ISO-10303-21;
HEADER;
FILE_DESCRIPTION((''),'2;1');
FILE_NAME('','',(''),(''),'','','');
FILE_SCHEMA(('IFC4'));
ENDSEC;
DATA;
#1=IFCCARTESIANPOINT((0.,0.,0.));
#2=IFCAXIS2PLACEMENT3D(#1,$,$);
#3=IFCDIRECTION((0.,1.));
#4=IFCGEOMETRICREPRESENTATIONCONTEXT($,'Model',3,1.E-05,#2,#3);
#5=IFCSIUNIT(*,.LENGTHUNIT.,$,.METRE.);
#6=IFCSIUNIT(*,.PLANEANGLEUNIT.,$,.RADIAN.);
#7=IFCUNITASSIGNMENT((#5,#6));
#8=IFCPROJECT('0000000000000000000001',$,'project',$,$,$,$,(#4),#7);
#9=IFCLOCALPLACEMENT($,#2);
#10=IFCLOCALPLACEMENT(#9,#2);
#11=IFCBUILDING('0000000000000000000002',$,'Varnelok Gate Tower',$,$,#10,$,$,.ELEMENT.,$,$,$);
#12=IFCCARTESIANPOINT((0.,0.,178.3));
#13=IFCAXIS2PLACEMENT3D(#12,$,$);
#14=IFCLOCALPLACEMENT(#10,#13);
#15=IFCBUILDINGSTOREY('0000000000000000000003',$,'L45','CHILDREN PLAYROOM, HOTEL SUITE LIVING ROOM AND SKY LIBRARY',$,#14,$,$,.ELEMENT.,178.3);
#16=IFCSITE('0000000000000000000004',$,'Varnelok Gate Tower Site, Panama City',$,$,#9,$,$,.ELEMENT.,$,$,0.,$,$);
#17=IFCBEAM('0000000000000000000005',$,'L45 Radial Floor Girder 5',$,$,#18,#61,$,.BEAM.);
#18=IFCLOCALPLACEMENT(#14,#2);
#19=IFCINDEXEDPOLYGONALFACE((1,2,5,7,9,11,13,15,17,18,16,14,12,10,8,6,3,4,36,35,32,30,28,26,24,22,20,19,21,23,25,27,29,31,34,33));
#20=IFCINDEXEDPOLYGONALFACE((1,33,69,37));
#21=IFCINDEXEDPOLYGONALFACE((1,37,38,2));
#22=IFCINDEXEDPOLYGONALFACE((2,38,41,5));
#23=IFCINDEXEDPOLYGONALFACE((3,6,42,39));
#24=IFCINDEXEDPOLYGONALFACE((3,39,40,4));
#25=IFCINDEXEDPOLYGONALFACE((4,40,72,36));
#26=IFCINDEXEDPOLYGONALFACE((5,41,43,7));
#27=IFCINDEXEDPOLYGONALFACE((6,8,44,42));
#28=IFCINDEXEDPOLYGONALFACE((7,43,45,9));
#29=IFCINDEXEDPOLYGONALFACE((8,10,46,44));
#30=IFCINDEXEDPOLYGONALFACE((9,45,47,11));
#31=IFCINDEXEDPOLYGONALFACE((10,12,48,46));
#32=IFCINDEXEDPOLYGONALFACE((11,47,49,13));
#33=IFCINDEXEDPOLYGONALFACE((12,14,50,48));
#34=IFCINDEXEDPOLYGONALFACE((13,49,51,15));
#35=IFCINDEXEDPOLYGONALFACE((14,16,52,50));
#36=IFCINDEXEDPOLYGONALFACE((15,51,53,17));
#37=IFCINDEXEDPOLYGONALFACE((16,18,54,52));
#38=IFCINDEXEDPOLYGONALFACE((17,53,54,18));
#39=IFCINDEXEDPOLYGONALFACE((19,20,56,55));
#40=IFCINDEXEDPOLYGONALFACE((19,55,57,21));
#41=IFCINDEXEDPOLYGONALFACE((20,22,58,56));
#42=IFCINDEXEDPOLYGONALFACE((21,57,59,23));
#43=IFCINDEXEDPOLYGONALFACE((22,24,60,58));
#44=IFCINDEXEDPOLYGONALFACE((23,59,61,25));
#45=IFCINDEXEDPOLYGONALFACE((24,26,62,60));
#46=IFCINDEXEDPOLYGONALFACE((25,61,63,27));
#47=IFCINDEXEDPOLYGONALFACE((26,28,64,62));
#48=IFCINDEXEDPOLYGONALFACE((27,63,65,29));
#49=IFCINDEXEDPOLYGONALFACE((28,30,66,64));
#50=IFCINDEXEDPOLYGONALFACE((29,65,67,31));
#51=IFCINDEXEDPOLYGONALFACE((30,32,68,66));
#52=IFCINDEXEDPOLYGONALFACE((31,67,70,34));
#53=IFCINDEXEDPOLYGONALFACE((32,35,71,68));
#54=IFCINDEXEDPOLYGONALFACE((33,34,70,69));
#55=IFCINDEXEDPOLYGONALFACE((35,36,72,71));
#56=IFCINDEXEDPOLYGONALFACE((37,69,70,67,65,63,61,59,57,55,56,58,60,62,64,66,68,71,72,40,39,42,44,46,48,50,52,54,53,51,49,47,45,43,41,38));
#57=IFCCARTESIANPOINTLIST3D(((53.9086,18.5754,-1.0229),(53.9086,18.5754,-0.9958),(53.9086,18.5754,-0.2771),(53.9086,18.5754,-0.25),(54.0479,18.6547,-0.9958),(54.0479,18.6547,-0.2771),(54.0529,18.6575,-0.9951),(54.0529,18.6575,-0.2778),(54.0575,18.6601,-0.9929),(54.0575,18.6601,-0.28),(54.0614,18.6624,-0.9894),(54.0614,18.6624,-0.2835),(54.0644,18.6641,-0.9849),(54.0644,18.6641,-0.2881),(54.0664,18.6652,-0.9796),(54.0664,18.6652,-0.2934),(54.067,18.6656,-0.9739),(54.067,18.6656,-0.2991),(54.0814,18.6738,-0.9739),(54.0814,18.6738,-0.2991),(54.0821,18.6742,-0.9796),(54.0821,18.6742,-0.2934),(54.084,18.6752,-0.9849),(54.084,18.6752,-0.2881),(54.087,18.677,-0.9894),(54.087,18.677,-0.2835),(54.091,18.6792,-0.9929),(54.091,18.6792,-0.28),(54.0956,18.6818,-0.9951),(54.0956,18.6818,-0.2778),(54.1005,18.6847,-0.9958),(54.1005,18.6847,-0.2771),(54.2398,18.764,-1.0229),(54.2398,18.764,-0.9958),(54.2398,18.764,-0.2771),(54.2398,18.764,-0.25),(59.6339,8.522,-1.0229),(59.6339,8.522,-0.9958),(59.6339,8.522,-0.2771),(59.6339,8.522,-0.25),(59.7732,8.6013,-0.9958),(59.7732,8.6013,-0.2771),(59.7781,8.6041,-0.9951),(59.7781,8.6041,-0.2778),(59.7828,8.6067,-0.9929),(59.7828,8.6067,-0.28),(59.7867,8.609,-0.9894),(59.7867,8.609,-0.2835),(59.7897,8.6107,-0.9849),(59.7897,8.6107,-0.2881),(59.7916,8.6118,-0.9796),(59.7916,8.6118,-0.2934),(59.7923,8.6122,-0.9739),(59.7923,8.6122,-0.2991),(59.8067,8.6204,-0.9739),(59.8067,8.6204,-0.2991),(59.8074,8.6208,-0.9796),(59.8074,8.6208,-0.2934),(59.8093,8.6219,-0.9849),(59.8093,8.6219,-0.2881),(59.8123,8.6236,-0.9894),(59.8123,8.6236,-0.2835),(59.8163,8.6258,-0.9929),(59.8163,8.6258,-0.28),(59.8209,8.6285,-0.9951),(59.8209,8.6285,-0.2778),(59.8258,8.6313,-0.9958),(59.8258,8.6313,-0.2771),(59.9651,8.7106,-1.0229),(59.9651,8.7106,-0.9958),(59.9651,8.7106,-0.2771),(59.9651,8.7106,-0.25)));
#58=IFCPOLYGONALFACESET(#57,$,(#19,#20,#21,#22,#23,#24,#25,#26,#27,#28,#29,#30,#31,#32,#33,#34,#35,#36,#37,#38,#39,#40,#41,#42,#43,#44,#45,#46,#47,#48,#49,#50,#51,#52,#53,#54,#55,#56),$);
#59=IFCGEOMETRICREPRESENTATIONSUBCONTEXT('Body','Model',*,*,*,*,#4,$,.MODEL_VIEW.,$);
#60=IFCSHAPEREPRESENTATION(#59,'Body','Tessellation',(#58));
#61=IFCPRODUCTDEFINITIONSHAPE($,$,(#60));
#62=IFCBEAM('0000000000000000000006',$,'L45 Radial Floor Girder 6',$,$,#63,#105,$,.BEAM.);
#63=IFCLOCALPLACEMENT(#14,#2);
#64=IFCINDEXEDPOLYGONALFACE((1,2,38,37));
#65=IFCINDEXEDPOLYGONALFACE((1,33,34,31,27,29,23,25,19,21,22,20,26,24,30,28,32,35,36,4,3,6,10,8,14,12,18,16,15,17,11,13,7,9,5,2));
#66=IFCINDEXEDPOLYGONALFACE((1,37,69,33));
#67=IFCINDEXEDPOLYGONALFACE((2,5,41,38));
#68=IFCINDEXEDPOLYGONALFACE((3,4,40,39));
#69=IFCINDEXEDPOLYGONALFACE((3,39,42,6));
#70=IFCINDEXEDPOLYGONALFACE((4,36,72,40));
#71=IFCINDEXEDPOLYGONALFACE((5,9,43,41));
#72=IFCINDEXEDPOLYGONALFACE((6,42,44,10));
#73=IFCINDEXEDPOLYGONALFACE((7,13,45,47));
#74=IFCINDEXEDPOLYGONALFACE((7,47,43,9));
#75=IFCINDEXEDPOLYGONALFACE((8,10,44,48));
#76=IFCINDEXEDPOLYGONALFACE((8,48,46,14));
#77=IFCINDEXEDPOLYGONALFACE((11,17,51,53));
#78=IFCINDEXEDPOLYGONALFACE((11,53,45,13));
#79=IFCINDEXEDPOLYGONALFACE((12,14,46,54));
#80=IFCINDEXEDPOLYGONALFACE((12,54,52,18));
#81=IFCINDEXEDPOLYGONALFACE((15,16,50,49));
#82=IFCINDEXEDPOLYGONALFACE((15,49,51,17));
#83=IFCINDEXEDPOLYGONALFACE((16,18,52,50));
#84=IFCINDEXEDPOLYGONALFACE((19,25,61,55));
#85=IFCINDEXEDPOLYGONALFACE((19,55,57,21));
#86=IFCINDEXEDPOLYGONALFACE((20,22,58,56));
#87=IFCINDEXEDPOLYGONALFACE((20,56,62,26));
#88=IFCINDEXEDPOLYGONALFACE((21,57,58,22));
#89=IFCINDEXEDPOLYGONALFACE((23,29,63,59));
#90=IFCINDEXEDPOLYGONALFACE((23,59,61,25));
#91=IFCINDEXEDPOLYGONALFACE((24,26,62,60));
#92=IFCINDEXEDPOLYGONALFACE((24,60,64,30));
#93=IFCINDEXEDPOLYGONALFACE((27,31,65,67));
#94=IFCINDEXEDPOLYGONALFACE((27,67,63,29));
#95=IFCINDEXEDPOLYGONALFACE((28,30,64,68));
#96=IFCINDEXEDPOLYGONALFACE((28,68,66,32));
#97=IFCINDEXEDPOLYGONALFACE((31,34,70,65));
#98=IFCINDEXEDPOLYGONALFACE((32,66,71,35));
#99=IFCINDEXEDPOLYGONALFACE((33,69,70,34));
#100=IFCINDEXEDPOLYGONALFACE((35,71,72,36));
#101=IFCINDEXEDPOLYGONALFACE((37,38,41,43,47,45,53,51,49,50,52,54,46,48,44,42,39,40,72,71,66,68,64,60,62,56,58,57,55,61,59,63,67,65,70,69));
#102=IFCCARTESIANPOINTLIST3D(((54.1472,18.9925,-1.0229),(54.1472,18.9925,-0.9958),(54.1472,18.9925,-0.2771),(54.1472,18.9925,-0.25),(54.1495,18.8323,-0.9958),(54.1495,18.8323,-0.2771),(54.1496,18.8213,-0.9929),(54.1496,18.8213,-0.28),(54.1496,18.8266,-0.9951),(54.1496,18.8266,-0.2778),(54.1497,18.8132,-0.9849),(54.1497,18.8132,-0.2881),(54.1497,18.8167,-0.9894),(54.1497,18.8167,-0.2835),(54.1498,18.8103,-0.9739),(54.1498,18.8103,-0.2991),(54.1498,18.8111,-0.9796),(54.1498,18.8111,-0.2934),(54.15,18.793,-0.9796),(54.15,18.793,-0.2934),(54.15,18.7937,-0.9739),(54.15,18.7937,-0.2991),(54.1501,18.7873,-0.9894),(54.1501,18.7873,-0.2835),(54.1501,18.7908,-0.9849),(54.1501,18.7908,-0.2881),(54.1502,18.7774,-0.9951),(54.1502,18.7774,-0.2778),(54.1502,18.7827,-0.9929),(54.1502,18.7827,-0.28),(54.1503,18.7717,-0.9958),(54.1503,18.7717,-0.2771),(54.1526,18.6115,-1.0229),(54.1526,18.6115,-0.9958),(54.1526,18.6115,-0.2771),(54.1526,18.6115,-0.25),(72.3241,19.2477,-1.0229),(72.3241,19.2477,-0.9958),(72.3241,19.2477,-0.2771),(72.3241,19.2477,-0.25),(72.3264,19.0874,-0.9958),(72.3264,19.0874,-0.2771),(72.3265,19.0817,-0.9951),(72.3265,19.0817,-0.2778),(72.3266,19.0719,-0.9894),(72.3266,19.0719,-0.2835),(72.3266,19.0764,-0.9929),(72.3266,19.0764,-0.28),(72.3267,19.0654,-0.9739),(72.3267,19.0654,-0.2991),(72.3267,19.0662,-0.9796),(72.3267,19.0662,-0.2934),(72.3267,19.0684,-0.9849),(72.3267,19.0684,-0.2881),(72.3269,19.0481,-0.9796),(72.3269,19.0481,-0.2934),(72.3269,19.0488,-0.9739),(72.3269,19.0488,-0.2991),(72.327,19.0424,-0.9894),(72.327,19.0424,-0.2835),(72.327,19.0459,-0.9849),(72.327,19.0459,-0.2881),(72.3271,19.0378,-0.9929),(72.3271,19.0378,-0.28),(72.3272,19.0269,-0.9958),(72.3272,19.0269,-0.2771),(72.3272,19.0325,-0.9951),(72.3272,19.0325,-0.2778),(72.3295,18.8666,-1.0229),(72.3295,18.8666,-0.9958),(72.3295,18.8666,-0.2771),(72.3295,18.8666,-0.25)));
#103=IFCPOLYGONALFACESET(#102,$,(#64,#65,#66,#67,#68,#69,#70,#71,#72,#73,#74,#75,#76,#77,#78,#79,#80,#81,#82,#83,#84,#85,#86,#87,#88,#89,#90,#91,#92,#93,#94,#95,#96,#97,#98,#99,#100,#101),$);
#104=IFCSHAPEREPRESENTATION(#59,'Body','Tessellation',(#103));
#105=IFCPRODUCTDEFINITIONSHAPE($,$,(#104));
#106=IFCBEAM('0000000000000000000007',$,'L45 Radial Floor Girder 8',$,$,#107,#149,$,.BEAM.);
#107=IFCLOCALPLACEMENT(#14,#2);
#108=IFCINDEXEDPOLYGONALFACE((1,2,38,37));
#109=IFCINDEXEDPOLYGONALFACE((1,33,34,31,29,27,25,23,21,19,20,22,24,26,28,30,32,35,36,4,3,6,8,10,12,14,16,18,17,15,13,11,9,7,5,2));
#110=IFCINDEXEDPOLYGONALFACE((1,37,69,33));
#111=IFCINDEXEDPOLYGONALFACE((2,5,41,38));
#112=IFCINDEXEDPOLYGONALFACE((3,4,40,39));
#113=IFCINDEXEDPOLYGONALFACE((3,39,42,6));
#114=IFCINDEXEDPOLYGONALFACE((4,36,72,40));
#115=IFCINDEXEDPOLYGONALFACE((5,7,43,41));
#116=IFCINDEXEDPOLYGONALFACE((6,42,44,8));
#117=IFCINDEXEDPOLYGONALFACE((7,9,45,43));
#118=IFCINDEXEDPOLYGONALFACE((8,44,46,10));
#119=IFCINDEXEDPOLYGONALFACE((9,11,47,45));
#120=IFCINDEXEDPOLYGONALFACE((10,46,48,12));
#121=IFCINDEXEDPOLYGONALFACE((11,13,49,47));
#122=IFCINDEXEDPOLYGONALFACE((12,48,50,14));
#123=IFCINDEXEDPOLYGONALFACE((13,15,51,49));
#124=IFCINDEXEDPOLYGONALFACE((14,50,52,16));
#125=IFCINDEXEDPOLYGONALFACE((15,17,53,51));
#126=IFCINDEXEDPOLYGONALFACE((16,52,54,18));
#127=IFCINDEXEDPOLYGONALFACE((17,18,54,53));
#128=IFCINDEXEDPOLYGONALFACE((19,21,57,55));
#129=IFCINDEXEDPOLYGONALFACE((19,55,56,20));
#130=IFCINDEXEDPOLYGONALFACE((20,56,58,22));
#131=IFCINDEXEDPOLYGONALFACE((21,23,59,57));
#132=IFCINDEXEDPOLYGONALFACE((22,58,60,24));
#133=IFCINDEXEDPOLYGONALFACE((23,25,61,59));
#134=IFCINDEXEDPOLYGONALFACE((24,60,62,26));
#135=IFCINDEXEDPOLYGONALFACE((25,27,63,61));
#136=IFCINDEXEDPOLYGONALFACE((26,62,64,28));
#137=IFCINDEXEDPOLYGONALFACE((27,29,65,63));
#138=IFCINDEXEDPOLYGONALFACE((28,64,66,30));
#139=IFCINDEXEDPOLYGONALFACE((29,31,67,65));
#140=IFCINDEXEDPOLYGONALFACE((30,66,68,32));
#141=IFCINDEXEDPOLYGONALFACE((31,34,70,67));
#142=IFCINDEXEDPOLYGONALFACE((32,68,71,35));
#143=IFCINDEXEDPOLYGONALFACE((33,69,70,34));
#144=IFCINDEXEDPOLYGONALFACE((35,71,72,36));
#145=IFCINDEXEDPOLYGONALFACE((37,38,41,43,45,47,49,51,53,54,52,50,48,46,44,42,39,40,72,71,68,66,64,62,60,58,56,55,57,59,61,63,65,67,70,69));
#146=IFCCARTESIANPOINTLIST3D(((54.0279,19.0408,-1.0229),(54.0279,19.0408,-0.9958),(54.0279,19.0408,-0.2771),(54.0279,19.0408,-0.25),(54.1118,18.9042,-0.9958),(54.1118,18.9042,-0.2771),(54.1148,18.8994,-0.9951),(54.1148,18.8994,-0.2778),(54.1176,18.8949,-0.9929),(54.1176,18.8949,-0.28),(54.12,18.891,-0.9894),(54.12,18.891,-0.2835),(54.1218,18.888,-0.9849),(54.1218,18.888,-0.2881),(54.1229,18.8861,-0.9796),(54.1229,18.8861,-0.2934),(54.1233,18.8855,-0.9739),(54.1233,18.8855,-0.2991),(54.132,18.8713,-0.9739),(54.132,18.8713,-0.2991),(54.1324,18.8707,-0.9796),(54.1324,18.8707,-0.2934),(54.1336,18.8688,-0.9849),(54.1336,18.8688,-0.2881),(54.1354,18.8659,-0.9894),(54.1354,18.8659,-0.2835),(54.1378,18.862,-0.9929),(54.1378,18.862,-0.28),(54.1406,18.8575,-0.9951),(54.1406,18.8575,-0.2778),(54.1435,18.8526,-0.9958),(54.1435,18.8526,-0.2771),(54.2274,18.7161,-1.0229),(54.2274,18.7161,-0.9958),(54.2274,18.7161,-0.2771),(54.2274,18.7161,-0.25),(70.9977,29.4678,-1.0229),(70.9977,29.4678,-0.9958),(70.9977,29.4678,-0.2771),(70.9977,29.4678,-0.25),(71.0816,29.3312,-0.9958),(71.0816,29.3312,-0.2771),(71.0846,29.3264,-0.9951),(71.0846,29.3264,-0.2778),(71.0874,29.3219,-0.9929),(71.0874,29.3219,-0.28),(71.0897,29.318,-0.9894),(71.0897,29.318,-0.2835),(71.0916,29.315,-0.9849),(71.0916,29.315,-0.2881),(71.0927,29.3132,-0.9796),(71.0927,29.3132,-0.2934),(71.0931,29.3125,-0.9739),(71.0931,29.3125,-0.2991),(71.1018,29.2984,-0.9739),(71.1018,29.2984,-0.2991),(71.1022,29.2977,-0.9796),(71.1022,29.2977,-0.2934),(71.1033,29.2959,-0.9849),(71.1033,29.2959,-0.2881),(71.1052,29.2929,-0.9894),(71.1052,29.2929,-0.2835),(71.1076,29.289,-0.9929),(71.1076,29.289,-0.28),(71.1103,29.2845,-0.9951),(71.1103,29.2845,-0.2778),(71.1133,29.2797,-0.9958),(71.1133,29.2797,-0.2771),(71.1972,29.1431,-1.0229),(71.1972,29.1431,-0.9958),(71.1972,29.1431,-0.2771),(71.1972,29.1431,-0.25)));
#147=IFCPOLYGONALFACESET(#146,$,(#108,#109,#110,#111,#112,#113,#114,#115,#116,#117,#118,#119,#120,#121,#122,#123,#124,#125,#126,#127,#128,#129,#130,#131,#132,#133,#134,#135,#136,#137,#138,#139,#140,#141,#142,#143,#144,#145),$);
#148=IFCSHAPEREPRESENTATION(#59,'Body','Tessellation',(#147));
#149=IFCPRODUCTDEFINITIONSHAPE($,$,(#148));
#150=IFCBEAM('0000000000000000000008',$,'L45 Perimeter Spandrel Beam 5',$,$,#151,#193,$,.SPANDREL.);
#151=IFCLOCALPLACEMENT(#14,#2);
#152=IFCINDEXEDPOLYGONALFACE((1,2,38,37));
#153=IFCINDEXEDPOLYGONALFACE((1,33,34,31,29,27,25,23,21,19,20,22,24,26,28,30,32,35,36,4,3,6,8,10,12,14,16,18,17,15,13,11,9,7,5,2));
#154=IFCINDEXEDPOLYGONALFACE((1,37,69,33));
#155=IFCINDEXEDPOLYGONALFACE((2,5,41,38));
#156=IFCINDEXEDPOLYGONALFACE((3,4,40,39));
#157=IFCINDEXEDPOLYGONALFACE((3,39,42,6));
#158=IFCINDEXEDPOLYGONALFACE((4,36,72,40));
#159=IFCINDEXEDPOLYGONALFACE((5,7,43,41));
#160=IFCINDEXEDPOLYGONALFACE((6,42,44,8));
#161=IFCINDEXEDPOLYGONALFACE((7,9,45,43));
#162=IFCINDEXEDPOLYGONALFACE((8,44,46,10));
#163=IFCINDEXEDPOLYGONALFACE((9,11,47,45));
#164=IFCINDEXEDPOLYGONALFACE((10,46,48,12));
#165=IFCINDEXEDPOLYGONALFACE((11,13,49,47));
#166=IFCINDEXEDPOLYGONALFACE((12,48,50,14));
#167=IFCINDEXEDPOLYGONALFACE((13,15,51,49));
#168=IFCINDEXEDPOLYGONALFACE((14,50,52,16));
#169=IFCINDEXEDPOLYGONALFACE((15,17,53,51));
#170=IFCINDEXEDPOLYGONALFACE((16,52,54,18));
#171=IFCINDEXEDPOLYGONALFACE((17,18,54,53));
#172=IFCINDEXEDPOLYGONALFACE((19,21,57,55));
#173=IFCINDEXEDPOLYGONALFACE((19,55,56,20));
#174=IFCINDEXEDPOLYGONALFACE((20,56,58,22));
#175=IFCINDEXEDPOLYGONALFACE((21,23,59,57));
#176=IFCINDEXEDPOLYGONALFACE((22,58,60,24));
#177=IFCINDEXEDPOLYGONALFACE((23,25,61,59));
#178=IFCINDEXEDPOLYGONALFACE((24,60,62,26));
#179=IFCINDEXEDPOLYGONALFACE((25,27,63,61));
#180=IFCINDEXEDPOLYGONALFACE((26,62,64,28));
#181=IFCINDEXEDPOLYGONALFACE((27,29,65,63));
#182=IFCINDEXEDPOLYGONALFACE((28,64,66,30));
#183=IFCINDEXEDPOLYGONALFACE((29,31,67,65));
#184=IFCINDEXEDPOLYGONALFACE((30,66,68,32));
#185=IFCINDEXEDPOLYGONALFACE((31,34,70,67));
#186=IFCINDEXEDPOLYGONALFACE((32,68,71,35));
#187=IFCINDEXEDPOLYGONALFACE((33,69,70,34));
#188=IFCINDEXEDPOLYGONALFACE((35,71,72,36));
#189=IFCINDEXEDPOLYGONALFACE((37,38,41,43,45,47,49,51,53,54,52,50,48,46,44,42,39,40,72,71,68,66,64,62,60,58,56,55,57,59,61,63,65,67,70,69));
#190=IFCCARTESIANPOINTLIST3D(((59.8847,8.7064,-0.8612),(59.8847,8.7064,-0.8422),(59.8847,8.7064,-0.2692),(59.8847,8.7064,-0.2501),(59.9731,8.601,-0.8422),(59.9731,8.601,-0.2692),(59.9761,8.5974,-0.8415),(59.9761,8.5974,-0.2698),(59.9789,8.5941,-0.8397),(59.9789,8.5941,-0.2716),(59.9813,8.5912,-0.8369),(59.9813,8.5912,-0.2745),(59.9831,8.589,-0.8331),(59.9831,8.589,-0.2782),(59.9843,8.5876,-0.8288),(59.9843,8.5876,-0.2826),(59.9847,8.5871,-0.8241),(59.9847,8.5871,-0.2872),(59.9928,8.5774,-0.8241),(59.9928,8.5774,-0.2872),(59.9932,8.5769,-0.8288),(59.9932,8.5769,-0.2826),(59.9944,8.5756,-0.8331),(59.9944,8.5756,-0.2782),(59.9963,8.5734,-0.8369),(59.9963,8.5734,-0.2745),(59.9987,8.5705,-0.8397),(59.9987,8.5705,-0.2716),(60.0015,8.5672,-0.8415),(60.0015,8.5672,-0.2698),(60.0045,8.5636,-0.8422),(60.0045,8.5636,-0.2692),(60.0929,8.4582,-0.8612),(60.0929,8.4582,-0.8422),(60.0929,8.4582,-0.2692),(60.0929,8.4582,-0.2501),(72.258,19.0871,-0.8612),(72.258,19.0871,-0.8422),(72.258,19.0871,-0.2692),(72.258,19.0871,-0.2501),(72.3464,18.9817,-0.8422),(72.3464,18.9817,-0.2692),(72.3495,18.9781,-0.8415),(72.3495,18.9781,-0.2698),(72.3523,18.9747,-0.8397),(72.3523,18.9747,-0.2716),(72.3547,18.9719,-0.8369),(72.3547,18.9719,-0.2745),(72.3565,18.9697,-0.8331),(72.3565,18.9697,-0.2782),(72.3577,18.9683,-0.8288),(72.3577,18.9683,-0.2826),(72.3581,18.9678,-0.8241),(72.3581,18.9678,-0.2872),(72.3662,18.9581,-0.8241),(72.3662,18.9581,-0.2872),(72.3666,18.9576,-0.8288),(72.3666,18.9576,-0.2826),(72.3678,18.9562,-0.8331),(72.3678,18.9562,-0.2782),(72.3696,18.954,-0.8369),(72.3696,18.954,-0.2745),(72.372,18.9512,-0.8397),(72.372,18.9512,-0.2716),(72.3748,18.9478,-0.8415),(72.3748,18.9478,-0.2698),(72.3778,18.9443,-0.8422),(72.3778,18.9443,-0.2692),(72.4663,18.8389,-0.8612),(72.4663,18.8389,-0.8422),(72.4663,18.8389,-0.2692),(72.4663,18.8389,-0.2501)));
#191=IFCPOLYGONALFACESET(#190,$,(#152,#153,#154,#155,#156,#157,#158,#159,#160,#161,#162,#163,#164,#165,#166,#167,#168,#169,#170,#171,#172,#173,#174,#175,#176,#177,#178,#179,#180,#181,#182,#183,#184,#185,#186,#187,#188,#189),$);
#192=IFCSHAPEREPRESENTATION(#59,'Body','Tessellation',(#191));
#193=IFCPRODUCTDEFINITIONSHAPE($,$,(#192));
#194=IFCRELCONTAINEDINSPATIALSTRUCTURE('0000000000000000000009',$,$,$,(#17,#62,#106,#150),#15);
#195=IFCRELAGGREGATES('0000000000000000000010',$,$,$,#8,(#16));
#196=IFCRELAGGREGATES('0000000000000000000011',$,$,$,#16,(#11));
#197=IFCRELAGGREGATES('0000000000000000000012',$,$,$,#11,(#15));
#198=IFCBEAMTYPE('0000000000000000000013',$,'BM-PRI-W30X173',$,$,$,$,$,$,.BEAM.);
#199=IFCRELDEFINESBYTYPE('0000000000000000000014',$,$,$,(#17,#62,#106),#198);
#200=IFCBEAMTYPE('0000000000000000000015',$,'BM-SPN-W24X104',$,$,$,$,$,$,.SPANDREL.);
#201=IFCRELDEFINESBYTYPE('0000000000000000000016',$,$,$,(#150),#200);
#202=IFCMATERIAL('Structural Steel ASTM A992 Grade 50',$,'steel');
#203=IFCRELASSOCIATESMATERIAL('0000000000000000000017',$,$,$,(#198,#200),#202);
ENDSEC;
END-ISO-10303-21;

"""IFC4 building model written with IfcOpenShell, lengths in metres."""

from ifc_helpers import new_model, si_unit, direction, frame, origin, origin_2d, place, context, subcontext, project, spatial, i_section, extrude, material, material_profile, profile_set, type_object, element, save


model = new_model("IFC4")

# Units and contexts
model_context = context("Model", 3, precision=1e-05, world=origin(), true_north=direction((0.0, 1.0)))
body_context = subcontext(model_context, "Body", "Model", "MODEL_VIEW")
ifc_project = project(units=[si_unit("LENGTHUNIT", "METRE"), si_unit("PLANEANGLEUNIT", "RADIAN")], contexts=[model_context])

# Site, building, storey
site_placement = place(None, origin())
site = spatial("IfcSite", under=ifc_project, at=site_placement, Name="Varnelok Gate Tower Site, Panama City", CompositionType="ELEMENT", RefElevation=0.0)
building_placement = place(site_placement, origin())
building = spatial("IfcBuilding", under=site, at=building_placement, Name="Varnelok Gate Tower", CompositionType="ELEMENT")
storey_placement = place(building_placement, frame((0.0, 0.0, 178.3)))
storey = spatial("IfcBuildingStorey", under=building, at=storey_placement, Name="L45", Description="CHILDREN PLAYROOM, HOTEL SUITE LIVING ROOM AND SKY LIBRARY", CompositionType="ELEMENT", Elevation=178.3)

# Shared definitions
ifc_material_1 = material(Name="Structural Steel ASTM A992 Grade 50", Category="steel")

# Beams
ifc_material_profile_1 = material_profile(ifc_material_1, i_section(OverallWidth=0.3811, OverallDepth=0.7729, WebThickness=0.0166, FlangeThickness=0.0271, FilletRadius=0.022, at=origin_2d()), Name="W30X173")
ifc_profile_set_1 = profile_set([ifc_material_profile_1], Name="Structural Steel ASTM A992 Grade 50")
beam_type_1 = type_object("IfcBeamType", Name="BM-PRI-W30X173", PredefinedType="BEAM", material=ifc_profile_set_1)
beam_1_placement = place(storey_placement, frame((54.0742, 18.6697, -0.6365), z_axis=(0.494868, -0.868968, 0.0), x_axis=(0.868968, 0.494868, 0.0)))
element("IfcBeam", 1, at=beam_1_placement, inside=storey, type_object=beam_type_1, Name="L45 Radial Floor Girder 5", PredefinedType="BEAM", context=body_context, shape_type="SweptSolid", body=[
    extrude(i_section(OverallWidth=0.3811, OverallDepth=0.7729, WebThickness=0.0166, FlangeThickness=0.0271, FilletRadius=0.022, at=origin_2d()), origin(), (0.0, 0.0, 1.0), 11.5693),
])
beam_2_placement = place(storey_placement, frame((54.1499, 18.802, -0.6365), z_axis=(0.999902, 0.014034, 0.0), x_axis=(-0.014034, 0.999902, 0.0)))
element("IfcBeam", 2, at=beam_2_placement, inside=storey, type_object=beam_type_1, Name="L45 Radial Floor Girder 6", PredefinedType="BEAM", context=body_context, shape_type="SweptSolid", body=[
    extrude(i_section(OverallWidth=0.3811, OverallDepth=0.7729, WebThickness=0.0166, FlangeThickness=0.0271, FilletRadius=0.022, at=origin_2d()), origin(), (0.0, 0.0, 1.0), 18.1787),
])
beam_3_placement = place(storey_placement, frame((54.1277, 18.8784, -0.6365), z_axis=(0.852015, 0.523518, 0.0), x_axis=(-0.523518, 0.852015, 0.0)))
element("IfcBeam", 3, at=beam_3_placement, inside=storey, type_object=beam_type_1, Name="L45 Radial Floor Girder 8", PredefinedType="BEAM", context=body_context, shape_type="SweptSolid", body=[
    extrude(i_section(OverallWidth=0.3811, OverallDepth=0.7729, WebThickness=0.0166, FlangeThickness=0.0271, FilletRadius=0.022, at=origin_2d()), origin(), (0.0, 0.0, 1.0), 19.9172),
])
ifc_material_profile_2 = material_profile(ifc_material_1, i_section(OverallWidth=0.324, OverallDepth=0.6111, WebThickness=0.0127, FlangeThickness=0.019, FilletRadius=0.0181, at=origin_2d()), Name="W24X104")
ifc_profile_set_2 = profile_set([ifc_material_profile_2], Name="Structural Steel ASTM A992 Grade 50")
beam_type_2 = type_object("IfcBeamType", Name="BM-SPN-W24X104", PredefinedType="SPANDREL", material=ifc_profile_set_2)
beam_4_placement = place(storey_placement, frame((59.9888, 8.5823, -0.5557), z_axis=(0.7661, 0.642722, 0.0), x_axis=(-0.642722, 0.7661, 0.0)))
element("IfcBeam", 4, at=beam_4_placement, inside=storey, type_object=beam_type_2, Name="L45 Perimeter Spandrel Beam 5", PredefinedType="SPANDREL", context=body_context, shape_type="SweptSolid", body=[
    extrude(i_section(OverallWidth=0.324, OverallDepth=0.6111, WebThickness=0.0127, FlangeThickness=0.019, FilletRadius=0.0181, at=origin_2d()), origin(), (0.0, 0.0, 1.0), 16.1511),
])

save(model, "model.ifc")
